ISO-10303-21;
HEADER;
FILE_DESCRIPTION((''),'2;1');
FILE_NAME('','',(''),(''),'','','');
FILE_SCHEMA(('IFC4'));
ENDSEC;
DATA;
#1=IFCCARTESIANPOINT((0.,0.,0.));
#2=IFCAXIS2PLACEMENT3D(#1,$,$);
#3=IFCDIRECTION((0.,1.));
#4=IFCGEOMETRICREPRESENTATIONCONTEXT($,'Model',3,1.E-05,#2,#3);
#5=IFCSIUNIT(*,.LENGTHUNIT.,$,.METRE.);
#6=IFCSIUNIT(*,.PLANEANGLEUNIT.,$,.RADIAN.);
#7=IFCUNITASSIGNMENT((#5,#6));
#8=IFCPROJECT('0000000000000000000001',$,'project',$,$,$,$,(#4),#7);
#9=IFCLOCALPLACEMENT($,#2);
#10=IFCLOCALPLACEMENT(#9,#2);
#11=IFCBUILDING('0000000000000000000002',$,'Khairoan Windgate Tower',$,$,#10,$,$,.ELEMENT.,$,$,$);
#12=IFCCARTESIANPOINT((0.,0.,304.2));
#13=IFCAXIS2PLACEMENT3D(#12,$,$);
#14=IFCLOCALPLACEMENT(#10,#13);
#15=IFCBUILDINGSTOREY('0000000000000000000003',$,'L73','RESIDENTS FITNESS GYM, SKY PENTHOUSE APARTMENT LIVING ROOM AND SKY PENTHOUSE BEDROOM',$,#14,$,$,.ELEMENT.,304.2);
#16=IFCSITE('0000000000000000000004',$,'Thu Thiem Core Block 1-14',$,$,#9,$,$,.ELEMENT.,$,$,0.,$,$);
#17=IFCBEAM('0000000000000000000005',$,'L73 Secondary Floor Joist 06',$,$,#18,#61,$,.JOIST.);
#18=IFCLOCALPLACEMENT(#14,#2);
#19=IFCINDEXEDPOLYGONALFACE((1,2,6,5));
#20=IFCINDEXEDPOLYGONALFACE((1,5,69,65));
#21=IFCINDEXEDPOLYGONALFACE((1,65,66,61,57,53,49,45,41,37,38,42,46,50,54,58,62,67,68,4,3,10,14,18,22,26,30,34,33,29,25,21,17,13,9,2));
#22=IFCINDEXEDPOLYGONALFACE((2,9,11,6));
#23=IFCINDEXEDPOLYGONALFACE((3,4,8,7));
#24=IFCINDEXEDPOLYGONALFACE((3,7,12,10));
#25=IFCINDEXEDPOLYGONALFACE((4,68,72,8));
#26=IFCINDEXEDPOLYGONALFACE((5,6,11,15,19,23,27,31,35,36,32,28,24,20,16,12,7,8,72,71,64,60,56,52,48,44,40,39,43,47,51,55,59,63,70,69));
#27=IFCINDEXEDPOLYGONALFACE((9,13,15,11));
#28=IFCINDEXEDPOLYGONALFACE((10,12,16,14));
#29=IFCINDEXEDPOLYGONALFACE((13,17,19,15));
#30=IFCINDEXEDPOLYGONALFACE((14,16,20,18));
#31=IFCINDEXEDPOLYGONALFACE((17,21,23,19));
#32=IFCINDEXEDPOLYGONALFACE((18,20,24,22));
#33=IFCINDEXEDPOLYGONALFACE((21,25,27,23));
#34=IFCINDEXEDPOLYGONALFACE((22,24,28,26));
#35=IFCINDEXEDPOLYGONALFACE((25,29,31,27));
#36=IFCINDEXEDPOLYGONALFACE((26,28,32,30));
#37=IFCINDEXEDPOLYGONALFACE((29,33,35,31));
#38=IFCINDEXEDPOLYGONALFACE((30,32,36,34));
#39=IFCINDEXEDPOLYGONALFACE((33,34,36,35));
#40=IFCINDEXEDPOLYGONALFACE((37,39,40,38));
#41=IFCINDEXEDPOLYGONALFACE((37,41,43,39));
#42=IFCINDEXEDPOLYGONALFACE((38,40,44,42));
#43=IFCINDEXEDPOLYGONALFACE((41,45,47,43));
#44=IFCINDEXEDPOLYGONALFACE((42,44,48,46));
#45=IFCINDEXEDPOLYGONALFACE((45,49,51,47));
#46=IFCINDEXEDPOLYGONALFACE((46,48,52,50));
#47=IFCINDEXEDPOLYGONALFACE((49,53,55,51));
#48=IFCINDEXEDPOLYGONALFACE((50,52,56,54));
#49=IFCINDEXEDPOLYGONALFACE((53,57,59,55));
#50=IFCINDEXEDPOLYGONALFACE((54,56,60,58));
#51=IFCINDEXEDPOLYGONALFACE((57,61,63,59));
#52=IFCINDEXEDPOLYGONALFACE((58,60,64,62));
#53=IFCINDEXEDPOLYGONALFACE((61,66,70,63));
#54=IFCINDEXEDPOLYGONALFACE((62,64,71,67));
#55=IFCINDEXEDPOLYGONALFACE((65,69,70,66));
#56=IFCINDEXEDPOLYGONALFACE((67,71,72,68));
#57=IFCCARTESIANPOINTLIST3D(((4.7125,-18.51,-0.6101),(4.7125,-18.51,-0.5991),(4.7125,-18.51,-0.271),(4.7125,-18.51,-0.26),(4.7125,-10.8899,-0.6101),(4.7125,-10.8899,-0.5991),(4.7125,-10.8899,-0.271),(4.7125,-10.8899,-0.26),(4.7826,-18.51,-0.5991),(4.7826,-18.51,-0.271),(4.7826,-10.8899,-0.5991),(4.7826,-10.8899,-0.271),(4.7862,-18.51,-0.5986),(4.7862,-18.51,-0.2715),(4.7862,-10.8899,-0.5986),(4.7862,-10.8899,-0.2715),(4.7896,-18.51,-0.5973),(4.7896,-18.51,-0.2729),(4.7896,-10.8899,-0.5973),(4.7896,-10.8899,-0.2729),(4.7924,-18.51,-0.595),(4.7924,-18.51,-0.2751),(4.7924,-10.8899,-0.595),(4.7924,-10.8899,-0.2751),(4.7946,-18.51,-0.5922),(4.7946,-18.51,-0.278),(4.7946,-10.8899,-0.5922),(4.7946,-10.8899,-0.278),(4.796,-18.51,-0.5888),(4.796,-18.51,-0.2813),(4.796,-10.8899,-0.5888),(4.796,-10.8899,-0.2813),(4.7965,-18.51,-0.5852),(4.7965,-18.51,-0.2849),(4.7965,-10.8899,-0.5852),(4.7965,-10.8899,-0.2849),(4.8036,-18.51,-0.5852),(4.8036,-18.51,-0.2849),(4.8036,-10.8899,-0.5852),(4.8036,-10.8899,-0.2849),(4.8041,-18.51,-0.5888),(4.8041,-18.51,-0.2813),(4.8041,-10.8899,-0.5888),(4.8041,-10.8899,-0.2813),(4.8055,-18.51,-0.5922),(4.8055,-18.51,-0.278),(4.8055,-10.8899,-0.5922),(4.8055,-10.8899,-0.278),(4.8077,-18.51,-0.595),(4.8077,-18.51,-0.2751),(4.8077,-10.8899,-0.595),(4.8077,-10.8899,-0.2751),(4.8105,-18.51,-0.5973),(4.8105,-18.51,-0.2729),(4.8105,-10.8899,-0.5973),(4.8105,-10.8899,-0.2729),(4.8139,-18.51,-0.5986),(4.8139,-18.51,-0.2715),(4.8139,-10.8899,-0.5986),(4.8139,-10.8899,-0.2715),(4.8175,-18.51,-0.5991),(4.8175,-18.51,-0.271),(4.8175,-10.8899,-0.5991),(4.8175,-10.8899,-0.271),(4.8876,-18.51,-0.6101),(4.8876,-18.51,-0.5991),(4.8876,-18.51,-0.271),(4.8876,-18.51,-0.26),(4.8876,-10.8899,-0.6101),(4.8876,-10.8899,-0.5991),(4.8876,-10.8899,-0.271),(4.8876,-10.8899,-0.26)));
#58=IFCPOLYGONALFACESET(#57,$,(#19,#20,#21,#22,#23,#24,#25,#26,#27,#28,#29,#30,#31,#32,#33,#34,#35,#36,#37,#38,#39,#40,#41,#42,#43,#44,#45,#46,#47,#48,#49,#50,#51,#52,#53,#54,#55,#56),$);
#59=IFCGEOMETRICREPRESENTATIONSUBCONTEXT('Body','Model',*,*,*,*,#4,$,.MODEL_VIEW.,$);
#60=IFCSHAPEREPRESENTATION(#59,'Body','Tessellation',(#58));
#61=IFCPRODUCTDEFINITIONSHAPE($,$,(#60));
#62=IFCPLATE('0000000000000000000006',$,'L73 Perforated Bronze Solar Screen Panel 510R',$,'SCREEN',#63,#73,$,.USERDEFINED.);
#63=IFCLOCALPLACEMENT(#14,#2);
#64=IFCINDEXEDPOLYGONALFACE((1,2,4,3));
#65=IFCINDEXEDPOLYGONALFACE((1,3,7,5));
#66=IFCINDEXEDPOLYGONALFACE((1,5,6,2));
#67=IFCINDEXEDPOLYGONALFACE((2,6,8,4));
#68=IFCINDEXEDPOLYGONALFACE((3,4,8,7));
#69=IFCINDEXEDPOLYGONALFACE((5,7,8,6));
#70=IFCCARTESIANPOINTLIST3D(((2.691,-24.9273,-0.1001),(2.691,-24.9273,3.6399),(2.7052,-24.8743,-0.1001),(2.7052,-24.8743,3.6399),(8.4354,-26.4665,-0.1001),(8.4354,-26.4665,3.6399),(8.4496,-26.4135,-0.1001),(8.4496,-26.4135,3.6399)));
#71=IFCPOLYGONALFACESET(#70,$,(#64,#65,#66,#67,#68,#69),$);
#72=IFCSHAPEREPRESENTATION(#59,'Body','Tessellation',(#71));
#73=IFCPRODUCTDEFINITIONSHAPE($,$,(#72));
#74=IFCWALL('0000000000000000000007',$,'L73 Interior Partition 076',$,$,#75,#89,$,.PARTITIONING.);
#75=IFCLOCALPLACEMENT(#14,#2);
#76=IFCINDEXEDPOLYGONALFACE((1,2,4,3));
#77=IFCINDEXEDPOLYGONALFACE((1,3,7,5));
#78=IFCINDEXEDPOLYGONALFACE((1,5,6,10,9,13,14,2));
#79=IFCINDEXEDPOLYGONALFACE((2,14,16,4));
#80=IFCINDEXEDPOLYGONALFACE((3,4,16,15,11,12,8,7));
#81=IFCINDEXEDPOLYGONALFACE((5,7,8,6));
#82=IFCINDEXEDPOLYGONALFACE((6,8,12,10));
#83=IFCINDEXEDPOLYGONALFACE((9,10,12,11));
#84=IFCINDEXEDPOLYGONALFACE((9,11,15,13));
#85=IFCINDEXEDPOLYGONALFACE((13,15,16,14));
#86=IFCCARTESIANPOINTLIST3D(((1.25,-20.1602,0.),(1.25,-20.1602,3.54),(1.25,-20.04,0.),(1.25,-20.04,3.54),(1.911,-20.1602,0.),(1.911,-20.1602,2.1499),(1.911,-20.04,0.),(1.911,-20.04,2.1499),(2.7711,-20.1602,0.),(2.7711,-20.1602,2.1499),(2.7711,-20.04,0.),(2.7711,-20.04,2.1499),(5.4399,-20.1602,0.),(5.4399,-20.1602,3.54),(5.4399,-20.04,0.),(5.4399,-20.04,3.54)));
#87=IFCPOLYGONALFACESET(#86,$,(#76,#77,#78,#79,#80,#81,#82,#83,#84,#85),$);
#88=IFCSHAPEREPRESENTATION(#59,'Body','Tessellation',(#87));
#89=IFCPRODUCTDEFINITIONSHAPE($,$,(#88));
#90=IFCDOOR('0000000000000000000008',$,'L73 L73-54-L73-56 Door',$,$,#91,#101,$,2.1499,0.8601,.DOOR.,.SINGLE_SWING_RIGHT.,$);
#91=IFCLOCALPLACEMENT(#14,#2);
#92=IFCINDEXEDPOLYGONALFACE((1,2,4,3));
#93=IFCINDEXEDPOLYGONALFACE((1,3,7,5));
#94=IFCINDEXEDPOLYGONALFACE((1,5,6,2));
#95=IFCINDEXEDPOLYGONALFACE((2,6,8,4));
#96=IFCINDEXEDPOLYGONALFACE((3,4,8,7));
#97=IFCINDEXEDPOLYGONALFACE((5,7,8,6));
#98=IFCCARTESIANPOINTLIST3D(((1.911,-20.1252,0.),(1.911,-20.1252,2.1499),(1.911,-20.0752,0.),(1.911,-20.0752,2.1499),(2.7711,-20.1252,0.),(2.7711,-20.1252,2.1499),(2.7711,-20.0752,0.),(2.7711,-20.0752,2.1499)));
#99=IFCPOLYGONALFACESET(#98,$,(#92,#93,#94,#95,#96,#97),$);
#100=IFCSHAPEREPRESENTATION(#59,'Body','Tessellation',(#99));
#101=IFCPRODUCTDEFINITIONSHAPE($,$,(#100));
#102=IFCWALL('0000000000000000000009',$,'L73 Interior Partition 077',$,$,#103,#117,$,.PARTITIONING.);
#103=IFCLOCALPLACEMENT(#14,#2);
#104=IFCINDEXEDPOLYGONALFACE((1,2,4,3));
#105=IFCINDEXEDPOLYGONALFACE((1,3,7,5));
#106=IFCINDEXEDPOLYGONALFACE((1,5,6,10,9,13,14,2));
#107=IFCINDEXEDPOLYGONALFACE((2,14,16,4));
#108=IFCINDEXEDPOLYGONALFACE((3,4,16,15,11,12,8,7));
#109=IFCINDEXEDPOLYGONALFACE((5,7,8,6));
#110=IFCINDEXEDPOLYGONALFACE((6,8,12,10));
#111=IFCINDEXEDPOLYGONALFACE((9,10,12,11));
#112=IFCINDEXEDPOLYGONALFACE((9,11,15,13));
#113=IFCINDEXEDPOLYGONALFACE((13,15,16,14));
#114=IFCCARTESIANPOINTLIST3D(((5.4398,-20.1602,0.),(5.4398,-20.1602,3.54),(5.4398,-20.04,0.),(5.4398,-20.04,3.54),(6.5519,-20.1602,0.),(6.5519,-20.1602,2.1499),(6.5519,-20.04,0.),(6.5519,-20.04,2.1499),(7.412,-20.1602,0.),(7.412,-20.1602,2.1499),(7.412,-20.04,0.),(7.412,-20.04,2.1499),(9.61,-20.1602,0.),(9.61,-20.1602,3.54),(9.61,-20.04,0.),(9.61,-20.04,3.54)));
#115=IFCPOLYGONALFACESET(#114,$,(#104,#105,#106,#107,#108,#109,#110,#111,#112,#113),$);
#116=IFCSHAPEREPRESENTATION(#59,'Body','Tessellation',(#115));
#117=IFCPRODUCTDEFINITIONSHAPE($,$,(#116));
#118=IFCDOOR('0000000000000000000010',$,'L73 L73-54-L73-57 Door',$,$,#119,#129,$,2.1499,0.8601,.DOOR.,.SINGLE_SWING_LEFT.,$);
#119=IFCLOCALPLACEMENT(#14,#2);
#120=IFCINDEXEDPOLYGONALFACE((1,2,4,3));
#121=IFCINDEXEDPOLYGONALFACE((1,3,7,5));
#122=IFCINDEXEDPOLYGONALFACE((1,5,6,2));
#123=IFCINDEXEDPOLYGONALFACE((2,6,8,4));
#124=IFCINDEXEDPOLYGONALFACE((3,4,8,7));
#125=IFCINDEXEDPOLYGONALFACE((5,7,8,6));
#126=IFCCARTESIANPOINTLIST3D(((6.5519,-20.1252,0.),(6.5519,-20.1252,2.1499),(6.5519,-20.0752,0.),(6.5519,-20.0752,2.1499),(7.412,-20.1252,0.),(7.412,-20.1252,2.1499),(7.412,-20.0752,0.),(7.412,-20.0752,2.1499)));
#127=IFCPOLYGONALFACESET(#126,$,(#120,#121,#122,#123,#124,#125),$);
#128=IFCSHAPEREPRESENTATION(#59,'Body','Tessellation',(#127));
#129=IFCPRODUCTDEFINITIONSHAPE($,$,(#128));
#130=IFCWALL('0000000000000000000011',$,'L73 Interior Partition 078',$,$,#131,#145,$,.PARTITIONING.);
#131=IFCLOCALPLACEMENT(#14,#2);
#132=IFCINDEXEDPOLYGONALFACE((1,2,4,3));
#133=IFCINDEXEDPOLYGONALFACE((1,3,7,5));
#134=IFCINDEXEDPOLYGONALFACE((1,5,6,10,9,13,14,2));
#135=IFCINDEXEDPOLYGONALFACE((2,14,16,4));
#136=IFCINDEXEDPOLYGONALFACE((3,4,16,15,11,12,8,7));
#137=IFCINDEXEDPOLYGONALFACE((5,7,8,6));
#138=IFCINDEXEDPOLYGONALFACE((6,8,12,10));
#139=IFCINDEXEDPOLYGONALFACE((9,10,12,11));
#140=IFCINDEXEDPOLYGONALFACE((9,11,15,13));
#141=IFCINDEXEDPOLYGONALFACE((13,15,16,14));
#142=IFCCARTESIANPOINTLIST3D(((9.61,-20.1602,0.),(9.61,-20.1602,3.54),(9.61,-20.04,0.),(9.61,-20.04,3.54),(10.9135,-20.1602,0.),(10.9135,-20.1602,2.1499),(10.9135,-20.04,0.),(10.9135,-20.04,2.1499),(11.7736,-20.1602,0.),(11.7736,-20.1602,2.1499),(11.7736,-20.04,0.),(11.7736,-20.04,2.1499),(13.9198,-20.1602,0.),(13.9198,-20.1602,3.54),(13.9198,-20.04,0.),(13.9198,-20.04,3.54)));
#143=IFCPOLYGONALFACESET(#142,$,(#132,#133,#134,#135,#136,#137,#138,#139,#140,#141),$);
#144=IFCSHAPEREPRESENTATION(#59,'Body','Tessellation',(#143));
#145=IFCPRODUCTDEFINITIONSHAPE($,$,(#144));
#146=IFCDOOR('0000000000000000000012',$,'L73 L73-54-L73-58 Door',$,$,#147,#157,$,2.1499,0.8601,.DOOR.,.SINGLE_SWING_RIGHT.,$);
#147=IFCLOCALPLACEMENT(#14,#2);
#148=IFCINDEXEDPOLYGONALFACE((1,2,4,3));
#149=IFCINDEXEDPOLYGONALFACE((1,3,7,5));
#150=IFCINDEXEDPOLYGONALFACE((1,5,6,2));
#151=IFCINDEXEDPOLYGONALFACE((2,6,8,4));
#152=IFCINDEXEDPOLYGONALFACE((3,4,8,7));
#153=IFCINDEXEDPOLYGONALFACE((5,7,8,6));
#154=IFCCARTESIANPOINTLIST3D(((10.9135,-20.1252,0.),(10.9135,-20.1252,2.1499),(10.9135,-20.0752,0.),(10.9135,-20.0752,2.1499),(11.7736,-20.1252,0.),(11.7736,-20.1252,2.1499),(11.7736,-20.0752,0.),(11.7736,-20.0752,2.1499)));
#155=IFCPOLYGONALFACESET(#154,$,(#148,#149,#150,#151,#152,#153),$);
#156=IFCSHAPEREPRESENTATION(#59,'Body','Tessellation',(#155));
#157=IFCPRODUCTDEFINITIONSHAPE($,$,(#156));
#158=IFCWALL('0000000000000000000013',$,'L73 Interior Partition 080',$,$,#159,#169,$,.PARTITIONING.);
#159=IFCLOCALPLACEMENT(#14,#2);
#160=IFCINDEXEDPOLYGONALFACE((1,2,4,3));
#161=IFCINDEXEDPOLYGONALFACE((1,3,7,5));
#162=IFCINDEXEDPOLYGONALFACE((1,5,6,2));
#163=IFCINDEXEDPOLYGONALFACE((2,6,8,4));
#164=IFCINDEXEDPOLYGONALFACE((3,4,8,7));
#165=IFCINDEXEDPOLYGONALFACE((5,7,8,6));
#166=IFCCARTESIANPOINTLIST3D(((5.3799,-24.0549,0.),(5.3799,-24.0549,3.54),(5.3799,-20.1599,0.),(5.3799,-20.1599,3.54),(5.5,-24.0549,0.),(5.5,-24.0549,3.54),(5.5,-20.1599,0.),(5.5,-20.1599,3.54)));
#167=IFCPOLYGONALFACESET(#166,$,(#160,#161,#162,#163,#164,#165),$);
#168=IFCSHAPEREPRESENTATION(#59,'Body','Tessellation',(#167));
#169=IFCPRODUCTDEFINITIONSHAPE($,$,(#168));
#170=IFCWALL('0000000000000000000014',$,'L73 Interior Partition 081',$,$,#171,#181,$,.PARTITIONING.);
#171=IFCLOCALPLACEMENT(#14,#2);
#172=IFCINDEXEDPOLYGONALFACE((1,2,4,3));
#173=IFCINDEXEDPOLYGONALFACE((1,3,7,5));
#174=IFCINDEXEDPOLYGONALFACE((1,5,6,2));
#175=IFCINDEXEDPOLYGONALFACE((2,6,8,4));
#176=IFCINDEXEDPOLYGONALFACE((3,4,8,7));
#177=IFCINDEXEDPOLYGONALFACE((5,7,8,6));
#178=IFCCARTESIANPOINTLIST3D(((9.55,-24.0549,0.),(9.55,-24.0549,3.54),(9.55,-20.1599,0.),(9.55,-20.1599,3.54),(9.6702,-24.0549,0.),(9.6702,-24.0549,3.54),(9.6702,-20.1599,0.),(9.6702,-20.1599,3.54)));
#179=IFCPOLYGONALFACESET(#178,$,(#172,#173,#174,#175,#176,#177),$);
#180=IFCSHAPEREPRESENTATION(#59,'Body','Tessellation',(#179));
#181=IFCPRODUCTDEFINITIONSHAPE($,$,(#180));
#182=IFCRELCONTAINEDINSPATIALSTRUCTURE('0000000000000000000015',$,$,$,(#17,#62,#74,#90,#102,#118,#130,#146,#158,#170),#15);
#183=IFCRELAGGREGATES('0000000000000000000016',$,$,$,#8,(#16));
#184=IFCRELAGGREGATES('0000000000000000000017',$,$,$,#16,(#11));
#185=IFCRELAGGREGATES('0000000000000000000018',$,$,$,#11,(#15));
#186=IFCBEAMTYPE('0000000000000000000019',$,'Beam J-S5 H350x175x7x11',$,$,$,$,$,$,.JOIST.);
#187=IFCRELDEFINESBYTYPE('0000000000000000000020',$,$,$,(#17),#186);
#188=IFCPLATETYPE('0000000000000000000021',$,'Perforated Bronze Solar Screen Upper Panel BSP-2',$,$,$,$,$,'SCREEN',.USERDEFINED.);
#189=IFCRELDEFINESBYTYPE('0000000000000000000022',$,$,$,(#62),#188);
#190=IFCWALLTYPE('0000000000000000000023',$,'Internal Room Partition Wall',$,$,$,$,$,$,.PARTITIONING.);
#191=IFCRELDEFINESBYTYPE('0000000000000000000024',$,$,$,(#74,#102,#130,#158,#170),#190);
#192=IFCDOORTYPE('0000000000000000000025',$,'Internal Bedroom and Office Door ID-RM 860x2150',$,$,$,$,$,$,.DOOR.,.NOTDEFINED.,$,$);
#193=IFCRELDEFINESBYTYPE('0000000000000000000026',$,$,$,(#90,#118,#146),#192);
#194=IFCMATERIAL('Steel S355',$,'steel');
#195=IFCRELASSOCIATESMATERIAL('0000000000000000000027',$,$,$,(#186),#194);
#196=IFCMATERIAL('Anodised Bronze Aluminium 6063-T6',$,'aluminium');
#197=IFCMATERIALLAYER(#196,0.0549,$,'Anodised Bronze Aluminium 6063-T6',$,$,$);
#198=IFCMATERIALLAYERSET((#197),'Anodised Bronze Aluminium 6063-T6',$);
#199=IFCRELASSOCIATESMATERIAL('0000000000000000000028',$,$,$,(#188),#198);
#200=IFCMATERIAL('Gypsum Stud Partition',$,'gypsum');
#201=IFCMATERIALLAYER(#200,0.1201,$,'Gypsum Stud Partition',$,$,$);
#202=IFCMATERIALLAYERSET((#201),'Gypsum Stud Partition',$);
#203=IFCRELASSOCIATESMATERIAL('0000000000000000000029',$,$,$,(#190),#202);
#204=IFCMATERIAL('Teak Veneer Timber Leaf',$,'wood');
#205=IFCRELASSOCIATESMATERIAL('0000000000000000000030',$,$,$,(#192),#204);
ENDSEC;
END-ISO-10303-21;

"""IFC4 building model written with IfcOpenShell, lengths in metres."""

from ifc_helpers import new_model, si_unit, direction, frame, frame_2d, origin, origin_2d, place, context, subcontext, project, spatial, rectangle, i_section, extrude, material, layer, layer_set, material_profile, profile_set, type_object, element, fill, save


model = new_model("IFC4")

# Units and contexts
model_context = context("Model", 3, precision=1e-05, world=origin(), true_north=direction((0.0, 1.0)))
body_context = subcontext(model_context, "Body", "Model", "MODEL_VIEW")
ifc_project = project(units=[si_unit("LENGTHUNIT", "METRE"), si_unit("PLANEANGLEUNIT", "RADIAN")], contexts=[model_context])

# Site, building, storey
site_placement = place(None, origin())
site = spatial("IfcSite", under=ifc_project, at=site_placement, Name="Thu Thiem Core Block 1-14", CompositionType="ELEMENT", RefElevation=0.0)
building_placement = place(site_placement, origin())
building = spatial("IfcBuilding", under=site, at=building_placement, Name="Khairoan Windgate Tower", CompositionType="ELEMENT")
storey_placement = place(building_placement, frame((0.0, 0.0, 304.2)))
storey = spatial("IfcBuildingStorey", under=building, at=storey_placement, Name="L73", Description="RESIDENTS FITNESS GYM, SKY PENTHOUSE APARTMENT LIVING ROOM AND SKY PENTHOUSE BEDROOM", CompositionType="ELEMENT", Elevation=304.2)

# Beam
ifc_material_1 = material(Name="Steel S355", Category="steel")
ifc_material_profile_1 = material_profile(ifc_material_1, i_section(OverallWidth=0.175, OverallDepth=0.3501, WebThickness=0.0071, FlangeThickness=0.011, FilletRadius=0.0139, at=origin_2d()))
ifc_profile_set_1 = profile_set([ifc_material_profile_1], Name="Steel S355")
beam_type_1 = type_object("IfcBeamType", Name="Beam J-S5 H350x175x7x11", PredefinedType="JOIST", material=ifc_profile_set_1)
beam_1_placement = place(storey_placement, frame((4.8, -18.51, -0.4351), z_axis=(0.0, 1.0, 0.0), x_axis=(-1.0, 0.0, 0.0)))
element("IfcBeam", 1, at=beam_1_placement, inside=storey, type_object=beam_type_1, Name="L73 Secondary Floor Joist 06", PredefinedType="JOIST", context=body_context, shape_type="SweptSolid", body=[
    extrude(i_section(OverallWidth=0.175, OverallDepth=0.3501, WebThickness=0.0071, FlangeThickness=0.011, FilletRadius=0.0139, at=origin_2d()), origin(), (0.0, 0.0, 1.0), 7.6201),
])

# Plate
ifc_material_2 = material(Name="Anodised Bronze Aluminium 6063-T6", Category="aluminium")
ifc_layer_1 = layer(ifc_material_2, 0.0549, Name="Anodised Bronze Aluminium 6063-T6")
ifc_layer_set_1 = layer_set([ifc_layer_1], Name="Anodised Bronze Aluminium 6063-T6")
plate_type = type_object("IfcPlateType", Name="Perforated Bronze Solar Screen Upper Panel BSP-2", ElementType="SCREEN", PredefinedType="USERDEFINED", material=ifc_layer_set_1)
plate_placement = place(storey_placement, frame((5.5703, -25.6704, -0.1001), z_axis=(0.0, 0.0, 1.0), x_axis=(-0.965926, 0.258819, 0.0)))
element("IfcPlate", 2, at=plate_placement, inside=storey, type_object=plate_type, Name="L73 Perforated Bronze Solar Screen Panel 510R", ObjectType="SCREEN", PredefinedType="USERDEFINED", context=body_context, shape_type="SweptSolid", body=[
    extrude(rectangle(XDim=5.947, YDim=0.0549, at=origin_2d()), origin(), (0.0, 0.0, 1.0), 3.74),
])

# Walls, openings, doors
ifc_material_3 = material(Name="Gypsum Stud Partition", Category="gypsum")
ifc_layer_2 = layer(ifc_material_3, 0.1201, Name="Gypsum Stud Partition")
ifc_layer_set_2 = layer_set([ifc_layer_2], Name="Gypsum Stud Partition")
wall_type_1 = type_object("IfcWallType", Name="Internal Room Partition Wall", PredefinedType="PARTITIONING", material=ifc_layer_set_2)
wall_1_placement = place(storey_placement, frame((1.25, -20.1001, 0.0), z_axis=(0.0, 0.0, 1.0), x_axis=(1.0, 0.0, 0.0)))
wall_1 = element("IfcWall", 3, at=wall_1_placement, inside=storey, type_object=wall_type_1, Name="L73 Interior Partition 076", PredefinedType="PARTITIONING", context=body_context, shape_type="SweptSolid", body=[
    extrude(rectangle(XDim=4.1899, YDim=0.1201, at=frame_2d((2.095, 0.0))), origin(), (0.0, 0.0, 1.0), 3.54),
])
opening_1_placement = place(wall_1_placement, frame((0.6609, 0.0, 0.0)))
opening_1 = element("IfcOpeningElement", 4, at=opening_1_placement, cuts=wall_1, PredefinedType="OPENING", context=body_context, shape_type="SweptSolid", body=[
    extrude(rectangle(XDim=0.8601, YDim=2.1499, at=frame_2d((0.4302, 1.075))), frame((0.0, 0.0701, 0.0), z_axis=(0.0, -1.0, 0.0), x_axis=(1.0, 0.0, 0.0)), (0.0, 0.0, 1.0), 0.1401),
])
ifc_material_4 = material(Name="Teak Veneer Timber Leaf", Category="wood")
door_type_1 = type_object("IfcDoorType", Name="Internal Bedroom and Office Door ID-RM 860x2150", OperationType="NOTDEFINED", PredefinedType="DOOR", material=ifc_material_4)
door_1_placement = place(opening_1_placement, origin())
door_1 = element("IfcDoor", 5, at=door_1_placement, inside=storey, type_object=door_type_1, Name="L73 L73-54-L73-56 Door", OperationType="SINGLE_SWING_RIGHT", OverallHeight=2.1499, OverallWidth=0.8601, PredefinedType="DOOR", context=body_context, shape_type="SweptSolid", body=[
    extrude(rectangle(XDim=0.8601, YDim=2.1499, at=frame_2d((0.4302, 1.075))), frame((0.0, 0.0249, 0.0), z_axis=(0.0, -1.0, 0.0), x_axis=(1.0, 0.0, 0.0)), (0.0, 0.0, 1.0), 0.05),
])
fill(opening_1, door_1)
wall_2_placement = place(storey_placement, frame((5.4399, -20.1001, 0.0), z_axis=(0.0, 0.0, 1.0), x_axis=(1.0, 0.0, 0.0)))
wall_2 = element("IfcWall", 6, at=wall_2_placement, inside=storey, type_object=wall_type_1, Name="L73 Interior Partition 077", PredefinedType="PARTITIONING", context=body_context, shape_type="SweptSolid", body=[
    extrude(rectangle(XDim=4.1702, YDim=0.1201, at=frame_2d((2.085, 0.0))), origin(), (0.0, 0.0, 1.0), 3.54),
])
opening_2_placement = place(wall_2_placement, frame((1.1118, 0.0, 0.0)))
opening_2 = element("IfcOpeningElement", 7, at=opening_2_placement, cuts=wall_2, PredefinedType="OPENING", context=body_context, shape_type="SweptSolid", body=[
    extrude(rectangle(XDim=0.8601, YDim=2.1499, at=frame_2d((0.4302, 1.075))), frame((0.0, 0.0701, 0.0), z_axis=(0.0, -1.0, 0.0), x_axis=(1.0, 0.0, 0.0)), (0.0, 0.0, 1.0), 0.1401),
])
door_2_placement = place(opening_2_placement, origin())
door_2 = element("IfcDoor", 8, at=door_2_placement, inside=storey, type_object=door_type_1, Name="L73 L73-54-L73-57 Door", OperationType="SINGLE_SWING_LEFT", OverallHeight=2.1499, OverallWidth=0.8601, PredefinedType="DOOR", context=body_context, shape_type="SweptSolid", body=[
    extrude(rectangle(XDim=0.8601, YDim=2.1499, at=frame_2d((0.4302, 1.075))), frame((0.0, 0.0249, 0.0), z_axis=(0.0, -1.0, 0.0), x_axis=(1.0, 0.0, 0.0)), (0.0, 0.0, 1.0), 0.05),
])
fill(opening_2, door_2)
wall_3_placement = place(storey_placement, frame((9.6101, -20.1001, 0.0), z_axis=(0.0, 0.0, 1.0), x_axis=(1.0, 0.0, 0.0)))
wall_3 = element("IfcWall", 9, at=wall_3_placement, inside=storey, type_object=wall_type_1, Name="L73 Interior Partition 078", PredefinedType="PARTITIONING", context=body_context, shape_type="SweptSolid", body=[
    extrude(rectangle(XDim=4.3098, YDim=0.1201, at=frame_2d((2.1548, 0.0))), origin(), (0.0, 0.0, 1.0), 3.54),
])
opening_3_placement = place(wall_3_placement, frame((1.3032, 0.0, 0.0)))
opening_3 = element("IfcOpeningElement", 10, at=opening_3_placement, cuts=wall_3, PredefinedType="OPENING", context=body_context, shape_type="SweptSolid", body=[
    extrude(rectangle(XDim=0.8601, YDim=2.1499, at=frame_2d((0.4302, 1.075))), frame((0.0, 0.0701, 0.0), z_axis=(0.0, -1.0, 0.0), x_axis=(1.0, 0.0, 0.0)), (0.0, 0.0, 1.0), 0.1401),
])
door_3_placement = place(opening_3_placement, origin())
door_3 = element("IfcDoor", 11, at=door_3_placement, inside=storey, type_object=door_type_1, Name="L73 L73-54-L73-58 Door", OperationType="SINGLE_SWING_RIGHT", OverallHeight=2.1499, OverallWidth=0.8601, PredefinedType="DOOR", context=body_context, shape_type="SweptSolid", body=[
    extrude(rectangle(XDim=0.8601, YDim=2.1499, at=frame_2d((0.4302, 1.075))), frame((0.0, 0.0249, 0.0), z_axis=(0.0, -1.0, 0.0), x_axis=(1.0, 0.0, 0.0)), (0.0, 0.0, 1.0), 0.05),
])
fill(opening_3, door_3)

# Walls
for number, where, z_axis, x_axis, name in (
    (12, (5.4399, -24.0549, 0.0), (0.0, 0.0, 1.0), (0.0, 1.0, 0.0), "L73 Interior Partition 080"),
    (13, (9.6101, -24.0549, 0.0), (0.0, 0.0, 1.0), (0.0, 1.0, 0.0), "L73 Interior Partition 081"),
):
    element("IfcWall", number, at=place(storey_placement, frame(where, z_axis=z_axis, x_axis=x_axis)), inside=storey, type_object=wall_type_1, Name=name, PredefinedType="PARTITIONING", context=body_context, shape_type="SweptSolid", body=[
        extrude(rectangle(XDim=3.895, YDim=0.1201, at=frame_2d((1.9475, 0.0))), origin(), (0.0, 0.0, 1.0), 3.54),
    ])

save(model, "model.ifc")
